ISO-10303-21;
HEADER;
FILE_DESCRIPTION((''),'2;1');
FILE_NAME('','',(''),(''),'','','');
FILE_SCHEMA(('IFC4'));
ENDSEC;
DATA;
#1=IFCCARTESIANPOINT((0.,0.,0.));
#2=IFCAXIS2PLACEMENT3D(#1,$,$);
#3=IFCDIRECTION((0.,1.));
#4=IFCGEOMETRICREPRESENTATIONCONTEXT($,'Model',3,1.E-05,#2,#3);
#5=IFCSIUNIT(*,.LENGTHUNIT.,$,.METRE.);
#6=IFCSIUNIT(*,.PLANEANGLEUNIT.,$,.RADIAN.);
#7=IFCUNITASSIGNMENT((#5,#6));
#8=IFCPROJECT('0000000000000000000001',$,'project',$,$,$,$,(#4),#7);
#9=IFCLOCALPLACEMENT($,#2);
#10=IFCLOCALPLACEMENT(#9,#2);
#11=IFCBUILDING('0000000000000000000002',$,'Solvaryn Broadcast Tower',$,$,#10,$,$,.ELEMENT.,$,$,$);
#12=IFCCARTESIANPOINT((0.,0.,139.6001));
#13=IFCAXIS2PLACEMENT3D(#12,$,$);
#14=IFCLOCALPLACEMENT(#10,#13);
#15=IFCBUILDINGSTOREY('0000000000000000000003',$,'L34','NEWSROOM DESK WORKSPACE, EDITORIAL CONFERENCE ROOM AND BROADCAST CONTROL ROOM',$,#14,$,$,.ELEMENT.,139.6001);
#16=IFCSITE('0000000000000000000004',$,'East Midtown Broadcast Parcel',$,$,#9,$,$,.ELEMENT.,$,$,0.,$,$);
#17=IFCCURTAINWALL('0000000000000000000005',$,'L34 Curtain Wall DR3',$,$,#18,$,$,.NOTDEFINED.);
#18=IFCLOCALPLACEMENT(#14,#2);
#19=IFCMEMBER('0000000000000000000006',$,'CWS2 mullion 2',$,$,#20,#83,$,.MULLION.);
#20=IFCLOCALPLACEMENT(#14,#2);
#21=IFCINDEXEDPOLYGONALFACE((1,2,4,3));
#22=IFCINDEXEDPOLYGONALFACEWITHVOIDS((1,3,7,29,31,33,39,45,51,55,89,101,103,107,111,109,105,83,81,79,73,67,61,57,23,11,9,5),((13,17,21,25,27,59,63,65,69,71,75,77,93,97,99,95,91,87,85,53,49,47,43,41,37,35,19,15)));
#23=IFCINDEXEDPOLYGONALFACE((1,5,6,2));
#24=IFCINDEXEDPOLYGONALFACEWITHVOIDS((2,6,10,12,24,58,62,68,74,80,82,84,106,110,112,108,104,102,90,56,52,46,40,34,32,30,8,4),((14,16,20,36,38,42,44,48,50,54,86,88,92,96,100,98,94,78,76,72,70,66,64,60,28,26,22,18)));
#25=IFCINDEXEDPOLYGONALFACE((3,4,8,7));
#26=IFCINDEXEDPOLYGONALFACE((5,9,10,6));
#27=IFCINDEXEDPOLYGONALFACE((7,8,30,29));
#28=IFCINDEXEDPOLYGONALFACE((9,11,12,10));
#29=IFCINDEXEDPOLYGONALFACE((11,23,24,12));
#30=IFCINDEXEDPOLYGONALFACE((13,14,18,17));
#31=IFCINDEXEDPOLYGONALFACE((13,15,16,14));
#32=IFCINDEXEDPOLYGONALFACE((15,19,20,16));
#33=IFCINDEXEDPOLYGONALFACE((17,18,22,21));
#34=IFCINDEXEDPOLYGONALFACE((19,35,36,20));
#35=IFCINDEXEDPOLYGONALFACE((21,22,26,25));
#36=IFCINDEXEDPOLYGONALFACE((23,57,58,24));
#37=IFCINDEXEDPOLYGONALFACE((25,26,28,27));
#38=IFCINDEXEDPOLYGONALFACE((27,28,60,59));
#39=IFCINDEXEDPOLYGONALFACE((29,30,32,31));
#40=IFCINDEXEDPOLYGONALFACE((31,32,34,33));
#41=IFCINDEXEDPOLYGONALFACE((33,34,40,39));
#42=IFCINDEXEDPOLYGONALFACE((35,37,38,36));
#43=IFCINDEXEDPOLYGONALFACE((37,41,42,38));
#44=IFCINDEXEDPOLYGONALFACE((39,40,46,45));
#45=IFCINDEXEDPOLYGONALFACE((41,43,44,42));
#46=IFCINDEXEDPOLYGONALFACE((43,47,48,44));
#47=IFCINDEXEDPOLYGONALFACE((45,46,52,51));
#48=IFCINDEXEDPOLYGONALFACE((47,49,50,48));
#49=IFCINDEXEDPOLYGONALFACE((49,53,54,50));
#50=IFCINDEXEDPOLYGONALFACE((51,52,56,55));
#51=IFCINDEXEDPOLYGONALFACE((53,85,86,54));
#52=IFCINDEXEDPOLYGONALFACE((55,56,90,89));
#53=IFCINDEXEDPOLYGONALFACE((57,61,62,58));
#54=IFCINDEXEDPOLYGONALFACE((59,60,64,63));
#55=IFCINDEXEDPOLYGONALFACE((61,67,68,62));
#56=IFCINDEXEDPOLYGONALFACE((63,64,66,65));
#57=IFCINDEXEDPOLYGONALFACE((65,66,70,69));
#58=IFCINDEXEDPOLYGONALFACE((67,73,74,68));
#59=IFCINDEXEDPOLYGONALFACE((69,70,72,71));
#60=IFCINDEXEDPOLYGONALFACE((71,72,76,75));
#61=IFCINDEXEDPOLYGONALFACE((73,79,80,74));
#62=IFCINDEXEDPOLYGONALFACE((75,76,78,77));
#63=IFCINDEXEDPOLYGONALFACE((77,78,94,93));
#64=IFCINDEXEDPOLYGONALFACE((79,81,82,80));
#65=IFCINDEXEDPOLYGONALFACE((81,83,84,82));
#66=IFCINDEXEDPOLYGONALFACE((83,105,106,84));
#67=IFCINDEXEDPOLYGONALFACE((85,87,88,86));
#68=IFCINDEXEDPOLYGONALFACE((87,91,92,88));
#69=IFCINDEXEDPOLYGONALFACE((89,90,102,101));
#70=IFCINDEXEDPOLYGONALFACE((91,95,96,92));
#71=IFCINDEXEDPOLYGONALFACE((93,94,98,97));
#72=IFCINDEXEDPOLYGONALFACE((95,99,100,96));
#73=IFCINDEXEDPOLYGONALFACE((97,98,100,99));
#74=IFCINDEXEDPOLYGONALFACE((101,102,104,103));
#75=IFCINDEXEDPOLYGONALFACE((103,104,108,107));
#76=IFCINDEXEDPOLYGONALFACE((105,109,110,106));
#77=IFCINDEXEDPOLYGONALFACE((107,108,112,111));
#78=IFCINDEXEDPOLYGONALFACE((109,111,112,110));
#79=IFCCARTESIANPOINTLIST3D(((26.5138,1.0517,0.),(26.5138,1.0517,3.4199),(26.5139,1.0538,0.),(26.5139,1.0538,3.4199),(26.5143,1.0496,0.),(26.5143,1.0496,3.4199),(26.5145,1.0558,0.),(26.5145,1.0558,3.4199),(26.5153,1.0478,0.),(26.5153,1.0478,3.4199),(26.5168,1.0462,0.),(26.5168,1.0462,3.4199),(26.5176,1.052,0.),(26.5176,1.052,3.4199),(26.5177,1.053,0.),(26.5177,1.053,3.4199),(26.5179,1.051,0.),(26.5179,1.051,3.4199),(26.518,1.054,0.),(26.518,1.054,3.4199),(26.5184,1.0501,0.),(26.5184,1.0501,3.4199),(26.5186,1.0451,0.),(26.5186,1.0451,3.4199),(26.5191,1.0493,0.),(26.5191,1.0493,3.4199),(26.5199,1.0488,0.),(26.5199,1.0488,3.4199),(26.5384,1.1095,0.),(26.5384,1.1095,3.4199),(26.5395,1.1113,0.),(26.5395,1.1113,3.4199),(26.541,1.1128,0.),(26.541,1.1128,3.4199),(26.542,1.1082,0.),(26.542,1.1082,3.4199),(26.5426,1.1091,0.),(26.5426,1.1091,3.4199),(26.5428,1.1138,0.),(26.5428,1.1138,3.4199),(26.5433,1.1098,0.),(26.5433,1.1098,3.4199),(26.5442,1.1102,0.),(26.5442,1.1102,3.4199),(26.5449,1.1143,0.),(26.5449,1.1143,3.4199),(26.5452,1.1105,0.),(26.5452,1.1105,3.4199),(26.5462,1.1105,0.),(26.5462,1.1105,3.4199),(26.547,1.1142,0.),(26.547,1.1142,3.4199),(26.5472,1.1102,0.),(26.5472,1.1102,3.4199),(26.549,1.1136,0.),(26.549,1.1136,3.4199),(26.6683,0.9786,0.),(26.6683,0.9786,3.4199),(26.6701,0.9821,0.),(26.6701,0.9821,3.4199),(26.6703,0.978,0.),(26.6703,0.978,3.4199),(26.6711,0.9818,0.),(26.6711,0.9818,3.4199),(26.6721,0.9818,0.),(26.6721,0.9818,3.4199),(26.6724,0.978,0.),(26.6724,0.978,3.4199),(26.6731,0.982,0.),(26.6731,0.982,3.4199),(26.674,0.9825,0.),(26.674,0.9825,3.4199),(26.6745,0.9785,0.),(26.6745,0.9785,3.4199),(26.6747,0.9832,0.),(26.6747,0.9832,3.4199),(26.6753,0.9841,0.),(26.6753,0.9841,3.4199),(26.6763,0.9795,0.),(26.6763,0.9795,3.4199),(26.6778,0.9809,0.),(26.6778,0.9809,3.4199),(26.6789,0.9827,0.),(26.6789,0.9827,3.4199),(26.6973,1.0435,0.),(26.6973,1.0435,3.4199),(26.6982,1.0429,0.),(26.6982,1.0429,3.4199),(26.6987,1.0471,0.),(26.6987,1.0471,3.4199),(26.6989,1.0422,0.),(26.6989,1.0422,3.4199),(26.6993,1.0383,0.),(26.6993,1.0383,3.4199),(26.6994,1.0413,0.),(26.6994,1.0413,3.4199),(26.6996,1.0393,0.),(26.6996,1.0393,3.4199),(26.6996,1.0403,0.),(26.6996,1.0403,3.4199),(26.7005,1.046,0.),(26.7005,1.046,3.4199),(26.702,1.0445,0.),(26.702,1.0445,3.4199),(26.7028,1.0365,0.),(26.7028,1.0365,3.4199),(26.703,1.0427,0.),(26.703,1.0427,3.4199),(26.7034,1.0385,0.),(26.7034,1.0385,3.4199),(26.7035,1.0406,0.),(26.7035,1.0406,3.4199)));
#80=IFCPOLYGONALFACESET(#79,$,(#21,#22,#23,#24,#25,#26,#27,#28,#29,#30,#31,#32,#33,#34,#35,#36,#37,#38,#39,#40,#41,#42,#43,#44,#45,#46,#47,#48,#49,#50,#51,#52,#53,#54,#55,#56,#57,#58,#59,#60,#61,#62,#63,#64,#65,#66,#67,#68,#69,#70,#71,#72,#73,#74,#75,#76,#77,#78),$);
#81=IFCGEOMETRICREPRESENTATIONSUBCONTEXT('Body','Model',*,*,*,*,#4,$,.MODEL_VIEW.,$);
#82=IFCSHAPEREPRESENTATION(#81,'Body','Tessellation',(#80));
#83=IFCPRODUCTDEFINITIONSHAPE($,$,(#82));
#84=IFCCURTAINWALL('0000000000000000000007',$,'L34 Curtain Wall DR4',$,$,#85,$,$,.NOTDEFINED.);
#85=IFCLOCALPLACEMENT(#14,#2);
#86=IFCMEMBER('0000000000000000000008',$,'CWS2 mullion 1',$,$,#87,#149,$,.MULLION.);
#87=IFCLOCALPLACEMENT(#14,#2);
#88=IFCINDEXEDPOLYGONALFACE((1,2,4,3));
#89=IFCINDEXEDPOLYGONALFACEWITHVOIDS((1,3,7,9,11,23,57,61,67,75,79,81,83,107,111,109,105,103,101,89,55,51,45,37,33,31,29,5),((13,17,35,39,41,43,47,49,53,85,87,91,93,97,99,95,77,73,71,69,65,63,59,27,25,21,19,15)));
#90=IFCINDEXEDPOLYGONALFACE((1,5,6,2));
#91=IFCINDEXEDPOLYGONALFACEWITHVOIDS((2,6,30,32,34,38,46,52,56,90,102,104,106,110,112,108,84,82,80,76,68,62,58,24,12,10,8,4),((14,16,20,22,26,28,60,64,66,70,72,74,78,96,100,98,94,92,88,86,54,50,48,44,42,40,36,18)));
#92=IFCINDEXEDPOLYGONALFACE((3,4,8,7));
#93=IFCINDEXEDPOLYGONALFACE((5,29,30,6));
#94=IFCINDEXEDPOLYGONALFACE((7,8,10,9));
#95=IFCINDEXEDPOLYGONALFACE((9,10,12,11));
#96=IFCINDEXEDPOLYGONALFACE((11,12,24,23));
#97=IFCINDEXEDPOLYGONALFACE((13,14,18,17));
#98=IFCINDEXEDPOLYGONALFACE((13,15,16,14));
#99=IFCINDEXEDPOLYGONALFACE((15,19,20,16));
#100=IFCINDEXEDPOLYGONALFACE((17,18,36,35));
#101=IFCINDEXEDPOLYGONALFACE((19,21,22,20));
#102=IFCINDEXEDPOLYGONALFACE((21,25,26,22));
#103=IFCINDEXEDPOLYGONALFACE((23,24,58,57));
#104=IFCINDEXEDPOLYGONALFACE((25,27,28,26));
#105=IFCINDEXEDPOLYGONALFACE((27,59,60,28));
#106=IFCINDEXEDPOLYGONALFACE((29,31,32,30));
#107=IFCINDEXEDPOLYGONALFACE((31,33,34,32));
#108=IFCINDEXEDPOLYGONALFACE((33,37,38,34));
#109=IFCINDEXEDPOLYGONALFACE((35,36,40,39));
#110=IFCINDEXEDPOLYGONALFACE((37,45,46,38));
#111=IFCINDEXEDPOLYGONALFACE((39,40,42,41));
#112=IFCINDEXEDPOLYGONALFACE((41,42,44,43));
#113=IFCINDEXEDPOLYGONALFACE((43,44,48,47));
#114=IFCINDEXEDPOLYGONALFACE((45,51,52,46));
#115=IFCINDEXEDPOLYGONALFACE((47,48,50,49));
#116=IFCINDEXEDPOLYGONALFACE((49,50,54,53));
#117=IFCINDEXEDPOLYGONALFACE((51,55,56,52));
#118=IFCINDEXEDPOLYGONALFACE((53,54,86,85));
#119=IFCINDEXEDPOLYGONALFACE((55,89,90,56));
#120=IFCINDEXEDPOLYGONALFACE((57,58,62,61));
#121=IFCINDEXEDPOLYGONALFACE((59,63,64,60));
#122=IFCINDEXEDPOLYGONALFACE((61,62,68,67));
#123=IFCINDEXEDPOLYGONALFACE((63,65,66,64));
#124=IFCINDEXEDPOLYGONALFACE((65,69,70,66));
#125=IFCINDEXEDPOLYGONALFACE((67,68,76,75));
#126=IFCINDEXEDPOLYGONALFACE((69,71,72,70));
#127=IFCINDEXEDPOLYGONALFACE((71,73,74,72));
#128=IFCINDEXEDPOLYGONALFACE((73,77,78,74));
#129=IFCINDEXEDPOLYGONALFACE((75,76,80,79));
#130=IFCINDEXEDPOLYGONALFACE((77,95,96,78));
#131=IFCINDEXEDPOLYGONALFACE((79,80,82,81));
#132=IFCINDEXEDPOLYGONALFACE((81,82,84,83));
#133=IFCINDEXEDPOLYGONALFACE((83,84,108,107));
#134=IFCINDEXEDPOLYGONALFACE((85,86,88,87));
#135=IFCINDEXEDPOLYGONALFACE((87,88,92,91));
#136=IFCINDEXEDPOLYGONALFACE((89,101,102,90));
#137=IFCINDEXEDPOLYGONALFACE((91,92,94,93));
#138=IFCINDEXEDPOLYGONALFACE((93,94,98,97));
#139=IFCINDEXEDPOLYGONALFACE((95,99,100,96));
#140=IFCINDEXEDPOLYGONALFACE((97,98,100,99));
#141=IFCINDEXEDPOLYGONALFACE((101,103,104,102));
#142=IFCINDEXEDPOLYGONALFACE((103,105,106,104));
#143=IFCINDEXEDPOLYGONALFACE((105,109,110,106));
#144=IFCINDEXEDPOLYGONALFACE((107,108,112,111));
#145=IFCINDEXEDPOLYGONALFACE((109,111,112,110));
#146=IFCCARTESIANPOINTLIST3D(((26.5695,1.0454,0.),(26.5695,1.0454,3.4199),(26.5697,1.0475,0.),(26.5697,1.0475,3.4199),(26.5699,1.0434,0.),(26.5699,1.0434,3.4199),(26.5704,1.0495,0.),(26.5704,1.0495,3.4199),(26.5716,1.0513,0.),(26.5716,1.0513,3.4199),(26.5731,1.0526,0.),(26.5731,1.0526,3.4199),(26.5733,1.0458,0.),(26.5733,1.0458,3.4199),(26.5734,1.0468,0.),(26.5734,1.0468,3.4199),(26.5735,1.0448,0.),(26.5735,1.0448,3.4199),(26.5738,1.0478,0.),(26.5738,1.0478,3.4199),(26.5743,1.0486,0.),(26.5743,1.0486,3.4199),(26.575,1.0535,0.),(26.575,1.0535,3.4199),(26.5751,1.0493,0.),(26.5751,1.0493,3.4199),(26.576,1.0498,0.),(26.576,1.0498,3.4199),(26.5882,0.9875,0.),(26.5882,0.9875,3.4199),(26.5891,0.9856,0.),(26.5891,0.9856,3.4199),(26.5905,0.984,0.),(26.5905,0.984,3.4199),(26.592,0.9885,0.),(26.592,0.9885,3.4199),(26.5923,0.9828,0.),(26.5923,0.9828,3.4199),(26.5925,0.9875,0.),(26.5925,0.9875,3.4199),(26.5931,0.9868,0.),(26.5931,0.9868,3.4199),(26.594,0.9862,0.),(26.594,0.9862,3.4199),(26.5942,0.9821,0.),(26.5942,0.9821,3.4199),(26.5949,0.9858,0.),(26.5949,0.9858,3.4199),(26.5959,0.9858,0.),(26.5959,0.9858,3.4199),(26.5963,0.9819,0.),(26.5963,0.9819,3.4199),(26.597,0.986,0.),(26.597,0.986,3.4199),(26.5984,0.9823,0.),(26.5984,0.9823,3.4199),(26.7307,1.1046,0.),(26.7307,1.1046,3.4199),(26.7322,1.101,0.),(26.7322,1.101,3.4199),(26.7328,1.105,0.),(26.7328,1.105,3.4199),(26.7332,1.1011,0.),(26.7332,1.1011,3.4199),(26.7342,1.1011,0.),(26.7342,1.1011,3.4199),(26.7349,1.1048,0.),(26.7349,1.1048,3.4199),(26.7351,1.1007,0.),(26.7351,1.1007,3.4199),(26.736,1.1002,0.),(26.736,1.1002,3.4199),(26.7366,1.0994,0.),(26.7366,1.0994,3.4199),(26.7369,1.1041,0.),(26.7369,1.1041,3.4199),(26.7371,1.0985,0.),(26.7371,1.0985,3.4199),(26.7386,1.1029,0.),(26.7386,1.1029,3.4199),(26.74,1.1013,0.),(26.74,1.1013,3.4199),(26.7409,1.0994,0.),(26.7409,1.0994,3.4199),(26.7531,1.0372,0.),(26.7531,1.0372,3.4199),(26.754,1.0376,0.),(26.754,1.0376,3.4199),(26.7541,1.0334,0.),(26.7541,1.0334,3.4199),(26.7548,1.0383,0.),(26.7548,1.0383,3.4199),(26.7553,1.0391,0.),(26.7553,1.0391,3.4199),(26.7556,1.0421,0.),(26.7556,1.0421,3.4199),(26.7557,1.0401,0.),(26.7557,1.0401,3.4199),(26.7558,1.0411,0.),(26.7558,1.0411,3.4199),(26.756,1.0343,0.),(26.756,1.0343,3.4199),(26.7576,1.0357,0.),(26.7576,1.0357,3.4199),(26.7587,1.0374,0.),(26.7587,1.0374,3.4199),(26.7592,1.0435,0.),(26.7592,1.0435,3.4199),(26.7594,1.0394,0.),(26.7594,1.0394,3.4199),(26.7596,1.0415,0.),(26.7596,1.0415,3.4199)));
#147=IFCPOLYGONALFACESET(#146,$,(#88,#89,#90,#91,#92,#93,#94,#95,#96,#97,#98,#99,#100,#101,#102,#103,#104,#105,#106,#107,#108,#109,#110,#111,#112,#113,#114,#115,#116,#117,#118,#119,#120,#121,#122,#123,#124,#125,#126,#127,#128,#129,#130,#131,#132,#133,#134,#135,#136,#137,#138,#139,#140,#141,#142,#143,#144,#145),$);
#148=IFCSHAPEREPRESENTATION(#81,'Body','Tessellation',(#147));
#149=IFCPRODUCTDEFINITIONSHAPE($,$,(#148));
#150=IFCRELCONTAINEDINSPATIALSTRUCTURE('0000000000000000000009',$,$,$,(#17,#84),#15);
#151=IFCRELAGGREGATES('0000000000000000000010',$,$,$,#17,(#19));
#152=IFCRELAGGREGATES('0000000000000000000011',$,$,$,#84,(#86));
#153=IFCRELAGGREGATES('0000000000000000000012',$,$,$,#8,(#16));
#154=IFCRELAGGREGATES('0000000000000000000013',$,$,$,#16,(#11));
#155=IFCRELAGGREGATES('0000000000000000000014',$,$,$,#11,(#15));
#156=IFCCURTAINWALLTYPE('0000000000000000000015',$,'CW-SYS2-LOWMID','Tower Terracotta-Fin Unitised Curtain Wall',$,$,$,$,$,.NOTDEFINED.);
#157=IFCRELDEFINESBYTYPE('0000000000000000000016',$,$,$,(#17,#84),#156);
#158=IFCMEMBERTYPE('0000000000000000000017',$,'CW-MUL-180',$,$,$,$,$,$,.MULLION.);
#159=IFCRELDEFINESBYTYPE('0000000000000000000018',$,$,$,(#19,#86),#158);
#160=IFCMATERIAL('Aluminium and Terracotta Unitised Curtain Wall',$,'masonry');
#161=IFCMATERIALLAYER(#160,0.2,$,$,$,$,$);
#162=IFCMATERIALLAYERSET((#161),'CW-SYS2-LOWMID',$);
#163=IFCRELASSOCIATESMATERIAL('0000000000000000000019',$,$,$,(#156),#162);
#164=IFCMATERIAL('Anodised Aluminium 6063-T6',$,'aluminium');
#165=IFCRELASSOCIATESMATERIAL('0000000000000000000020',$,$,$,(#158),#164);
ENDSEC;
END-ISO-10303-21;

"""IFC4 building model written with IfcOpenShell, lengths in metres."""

from ifc_helpers import new_model, si_unit, direction, frame, origin, origin_2d, place, context, subcontext, project, spatial, hollow_rectangle, extrude, material, layer, layer_set, material_profile, profile_set, type_object, element, aggregate, save


model = new_model("IFC4")

# Units and contexts
model_context = context("Model", 3, precision=1e-05, world=origin(), true_north=direction((0.0, 1.0)))
body_context = subcontext(model_context, "Body", "Model", "MODEL_VIEW")
ifc_project = project(units=[si_unit("LENGTHUNIT", "METRE"), si_unit("PLANEANGLEUNIT", "RADIAN")], contexts=[model_context])

# Site, building, storey
site_placement = place(None, origin())
site = spatial("IfcSite", under=ifc_project, at=site_placement, Name="East Midtown Broadcast Parcel", CompositionType="ELEMENT", RefElevation=0.0)
building_placement = place(site_placement, origin())
building = spatial("IfcBuilding", under=site, at=building_placement, Name="Solvaryn Broadcast Tower", CompositionType="ELEMENT")
storey_placement = place(building_placement, frame((0.0, 0.0, 139.6001)))
storey = spatial("IfcBuildingStorey", under=building, at=storey_placement, Name="L34", Description="NEWSROOM DESK WORKSPACE, EDITORIAL CONFERENCE ROOM AND BROADCAST CONTROL ROOM", CompositionType="ELEMENT", Elevation=139.6001)

# Curtain wall, member
ifc_material_1 = material(Name="Aluminium and Terracotta Unitised Curtain Wall", Category="masonry")
ifc_layer_1 = layer(ifc_material_1, 0.2)
ifc_layer_set_1 = layer_set([ifc_layer_1], Name="CW-SYS2-LOWMID")
curtain_wall_type = type_object("IfcCurtainWallType", Name="CW-SYS2-LOWMID", Description="Tower Terracotta-Fin Unitised Curtain Wall", PredefinedType="NOTDEFINED", material=ifc_layer_set_1)
curtain_wall_1_placement = place(storey_placement, origin())
curtain_wall_1 = element("IfcCurtainWall", 1, at=curtain_wall_1_placement, inside=storey, type_object=curtain_wall_type, Name="L34 Curtain Wall DR3", PredefinedType="NOTDEFINED")
ifc_material_2 = material(Name="Anodised Aluminium 6063-T6", Category="aluminium")
ifc_material_profile_1 = material_profile(ifc_material_2, hollow_rectangle(XDim=0.075, YDim=0.1799, WallThickness=0.0039, InnerFilletRadius=0.0039, OuterFilletRadius=0.0081, at=origin_2d()))
ifc_profile_set_1 = profile_set([ifc_material_profile_1], Name="Anodised Aluminium 6063-T6")
member_type_1 = type_object("IfcMemberType", Name="CW-MUL-180", PredefinedType="MULLION", material=ifc_profile_set_1)
member_1_placement = place(storey_placement, frame((26.6086, 1.0461, 0.0), z_axis=(0.0, 0.0, 1.0), x_axis=(0.405918, 0.913909, 0.0)))
member_1 = element("IfcMember", 2, at=member_1_placement, type_object=member_type_1, Name="CWS2 mullion 2", PredefinedType="MULLION", context=body_context, shape_type="SweptSolid", body=[
    extrude(hollow_rectangle(XDim=0.075, YDim=0.1799, WallThickness=0.0039, InnerFilletRadius=0.0039, OuterFilletRadius=0.0081, at=origin_2d()), origin(), (0.0, 0.0, 1.0), 3.4199),
])
aggregate(curtain_wall_1, [member_1])

# Curtain wall, member
curtain_wall_2_placement = place(storey_placement, origin())
curtain_wall_2 = element("IfcCurtainWall", 3, at=curtain_wall_2_placement, inside=storey, type_object=curtain_wall_type, Name="L34 Curtain Wall DR4", PredefinedType="NOTDEFINED")
member_2_placement = place(storey_placement, frame((26.6646, 1.0435, 0.0), z_axis=(0.0, 0.0, 1.0), x_axis=(-0.311646, 0.950198, 0.0)))
member_2 = element("IfcMember", 4, at=member_2_placement, type_object=member_type_1, Name="CWS2 mullion 1", PredefinedType="MULLION", context=body_context, shape_type="SweptSolid", body=[
    extrude(hollow_rectangle(XDim=0.075, YDim=0.1799, WallThickness=0.0039, InnerFilletRadius=0.0039, OuterFilletRadius=0.0081, at=origin_2d()), origin(), (0.0, 0.0, 1.0), 3.4199),
])
aggregate(curtain_wall_2, [member_2])

save(model, "model.ifc")
